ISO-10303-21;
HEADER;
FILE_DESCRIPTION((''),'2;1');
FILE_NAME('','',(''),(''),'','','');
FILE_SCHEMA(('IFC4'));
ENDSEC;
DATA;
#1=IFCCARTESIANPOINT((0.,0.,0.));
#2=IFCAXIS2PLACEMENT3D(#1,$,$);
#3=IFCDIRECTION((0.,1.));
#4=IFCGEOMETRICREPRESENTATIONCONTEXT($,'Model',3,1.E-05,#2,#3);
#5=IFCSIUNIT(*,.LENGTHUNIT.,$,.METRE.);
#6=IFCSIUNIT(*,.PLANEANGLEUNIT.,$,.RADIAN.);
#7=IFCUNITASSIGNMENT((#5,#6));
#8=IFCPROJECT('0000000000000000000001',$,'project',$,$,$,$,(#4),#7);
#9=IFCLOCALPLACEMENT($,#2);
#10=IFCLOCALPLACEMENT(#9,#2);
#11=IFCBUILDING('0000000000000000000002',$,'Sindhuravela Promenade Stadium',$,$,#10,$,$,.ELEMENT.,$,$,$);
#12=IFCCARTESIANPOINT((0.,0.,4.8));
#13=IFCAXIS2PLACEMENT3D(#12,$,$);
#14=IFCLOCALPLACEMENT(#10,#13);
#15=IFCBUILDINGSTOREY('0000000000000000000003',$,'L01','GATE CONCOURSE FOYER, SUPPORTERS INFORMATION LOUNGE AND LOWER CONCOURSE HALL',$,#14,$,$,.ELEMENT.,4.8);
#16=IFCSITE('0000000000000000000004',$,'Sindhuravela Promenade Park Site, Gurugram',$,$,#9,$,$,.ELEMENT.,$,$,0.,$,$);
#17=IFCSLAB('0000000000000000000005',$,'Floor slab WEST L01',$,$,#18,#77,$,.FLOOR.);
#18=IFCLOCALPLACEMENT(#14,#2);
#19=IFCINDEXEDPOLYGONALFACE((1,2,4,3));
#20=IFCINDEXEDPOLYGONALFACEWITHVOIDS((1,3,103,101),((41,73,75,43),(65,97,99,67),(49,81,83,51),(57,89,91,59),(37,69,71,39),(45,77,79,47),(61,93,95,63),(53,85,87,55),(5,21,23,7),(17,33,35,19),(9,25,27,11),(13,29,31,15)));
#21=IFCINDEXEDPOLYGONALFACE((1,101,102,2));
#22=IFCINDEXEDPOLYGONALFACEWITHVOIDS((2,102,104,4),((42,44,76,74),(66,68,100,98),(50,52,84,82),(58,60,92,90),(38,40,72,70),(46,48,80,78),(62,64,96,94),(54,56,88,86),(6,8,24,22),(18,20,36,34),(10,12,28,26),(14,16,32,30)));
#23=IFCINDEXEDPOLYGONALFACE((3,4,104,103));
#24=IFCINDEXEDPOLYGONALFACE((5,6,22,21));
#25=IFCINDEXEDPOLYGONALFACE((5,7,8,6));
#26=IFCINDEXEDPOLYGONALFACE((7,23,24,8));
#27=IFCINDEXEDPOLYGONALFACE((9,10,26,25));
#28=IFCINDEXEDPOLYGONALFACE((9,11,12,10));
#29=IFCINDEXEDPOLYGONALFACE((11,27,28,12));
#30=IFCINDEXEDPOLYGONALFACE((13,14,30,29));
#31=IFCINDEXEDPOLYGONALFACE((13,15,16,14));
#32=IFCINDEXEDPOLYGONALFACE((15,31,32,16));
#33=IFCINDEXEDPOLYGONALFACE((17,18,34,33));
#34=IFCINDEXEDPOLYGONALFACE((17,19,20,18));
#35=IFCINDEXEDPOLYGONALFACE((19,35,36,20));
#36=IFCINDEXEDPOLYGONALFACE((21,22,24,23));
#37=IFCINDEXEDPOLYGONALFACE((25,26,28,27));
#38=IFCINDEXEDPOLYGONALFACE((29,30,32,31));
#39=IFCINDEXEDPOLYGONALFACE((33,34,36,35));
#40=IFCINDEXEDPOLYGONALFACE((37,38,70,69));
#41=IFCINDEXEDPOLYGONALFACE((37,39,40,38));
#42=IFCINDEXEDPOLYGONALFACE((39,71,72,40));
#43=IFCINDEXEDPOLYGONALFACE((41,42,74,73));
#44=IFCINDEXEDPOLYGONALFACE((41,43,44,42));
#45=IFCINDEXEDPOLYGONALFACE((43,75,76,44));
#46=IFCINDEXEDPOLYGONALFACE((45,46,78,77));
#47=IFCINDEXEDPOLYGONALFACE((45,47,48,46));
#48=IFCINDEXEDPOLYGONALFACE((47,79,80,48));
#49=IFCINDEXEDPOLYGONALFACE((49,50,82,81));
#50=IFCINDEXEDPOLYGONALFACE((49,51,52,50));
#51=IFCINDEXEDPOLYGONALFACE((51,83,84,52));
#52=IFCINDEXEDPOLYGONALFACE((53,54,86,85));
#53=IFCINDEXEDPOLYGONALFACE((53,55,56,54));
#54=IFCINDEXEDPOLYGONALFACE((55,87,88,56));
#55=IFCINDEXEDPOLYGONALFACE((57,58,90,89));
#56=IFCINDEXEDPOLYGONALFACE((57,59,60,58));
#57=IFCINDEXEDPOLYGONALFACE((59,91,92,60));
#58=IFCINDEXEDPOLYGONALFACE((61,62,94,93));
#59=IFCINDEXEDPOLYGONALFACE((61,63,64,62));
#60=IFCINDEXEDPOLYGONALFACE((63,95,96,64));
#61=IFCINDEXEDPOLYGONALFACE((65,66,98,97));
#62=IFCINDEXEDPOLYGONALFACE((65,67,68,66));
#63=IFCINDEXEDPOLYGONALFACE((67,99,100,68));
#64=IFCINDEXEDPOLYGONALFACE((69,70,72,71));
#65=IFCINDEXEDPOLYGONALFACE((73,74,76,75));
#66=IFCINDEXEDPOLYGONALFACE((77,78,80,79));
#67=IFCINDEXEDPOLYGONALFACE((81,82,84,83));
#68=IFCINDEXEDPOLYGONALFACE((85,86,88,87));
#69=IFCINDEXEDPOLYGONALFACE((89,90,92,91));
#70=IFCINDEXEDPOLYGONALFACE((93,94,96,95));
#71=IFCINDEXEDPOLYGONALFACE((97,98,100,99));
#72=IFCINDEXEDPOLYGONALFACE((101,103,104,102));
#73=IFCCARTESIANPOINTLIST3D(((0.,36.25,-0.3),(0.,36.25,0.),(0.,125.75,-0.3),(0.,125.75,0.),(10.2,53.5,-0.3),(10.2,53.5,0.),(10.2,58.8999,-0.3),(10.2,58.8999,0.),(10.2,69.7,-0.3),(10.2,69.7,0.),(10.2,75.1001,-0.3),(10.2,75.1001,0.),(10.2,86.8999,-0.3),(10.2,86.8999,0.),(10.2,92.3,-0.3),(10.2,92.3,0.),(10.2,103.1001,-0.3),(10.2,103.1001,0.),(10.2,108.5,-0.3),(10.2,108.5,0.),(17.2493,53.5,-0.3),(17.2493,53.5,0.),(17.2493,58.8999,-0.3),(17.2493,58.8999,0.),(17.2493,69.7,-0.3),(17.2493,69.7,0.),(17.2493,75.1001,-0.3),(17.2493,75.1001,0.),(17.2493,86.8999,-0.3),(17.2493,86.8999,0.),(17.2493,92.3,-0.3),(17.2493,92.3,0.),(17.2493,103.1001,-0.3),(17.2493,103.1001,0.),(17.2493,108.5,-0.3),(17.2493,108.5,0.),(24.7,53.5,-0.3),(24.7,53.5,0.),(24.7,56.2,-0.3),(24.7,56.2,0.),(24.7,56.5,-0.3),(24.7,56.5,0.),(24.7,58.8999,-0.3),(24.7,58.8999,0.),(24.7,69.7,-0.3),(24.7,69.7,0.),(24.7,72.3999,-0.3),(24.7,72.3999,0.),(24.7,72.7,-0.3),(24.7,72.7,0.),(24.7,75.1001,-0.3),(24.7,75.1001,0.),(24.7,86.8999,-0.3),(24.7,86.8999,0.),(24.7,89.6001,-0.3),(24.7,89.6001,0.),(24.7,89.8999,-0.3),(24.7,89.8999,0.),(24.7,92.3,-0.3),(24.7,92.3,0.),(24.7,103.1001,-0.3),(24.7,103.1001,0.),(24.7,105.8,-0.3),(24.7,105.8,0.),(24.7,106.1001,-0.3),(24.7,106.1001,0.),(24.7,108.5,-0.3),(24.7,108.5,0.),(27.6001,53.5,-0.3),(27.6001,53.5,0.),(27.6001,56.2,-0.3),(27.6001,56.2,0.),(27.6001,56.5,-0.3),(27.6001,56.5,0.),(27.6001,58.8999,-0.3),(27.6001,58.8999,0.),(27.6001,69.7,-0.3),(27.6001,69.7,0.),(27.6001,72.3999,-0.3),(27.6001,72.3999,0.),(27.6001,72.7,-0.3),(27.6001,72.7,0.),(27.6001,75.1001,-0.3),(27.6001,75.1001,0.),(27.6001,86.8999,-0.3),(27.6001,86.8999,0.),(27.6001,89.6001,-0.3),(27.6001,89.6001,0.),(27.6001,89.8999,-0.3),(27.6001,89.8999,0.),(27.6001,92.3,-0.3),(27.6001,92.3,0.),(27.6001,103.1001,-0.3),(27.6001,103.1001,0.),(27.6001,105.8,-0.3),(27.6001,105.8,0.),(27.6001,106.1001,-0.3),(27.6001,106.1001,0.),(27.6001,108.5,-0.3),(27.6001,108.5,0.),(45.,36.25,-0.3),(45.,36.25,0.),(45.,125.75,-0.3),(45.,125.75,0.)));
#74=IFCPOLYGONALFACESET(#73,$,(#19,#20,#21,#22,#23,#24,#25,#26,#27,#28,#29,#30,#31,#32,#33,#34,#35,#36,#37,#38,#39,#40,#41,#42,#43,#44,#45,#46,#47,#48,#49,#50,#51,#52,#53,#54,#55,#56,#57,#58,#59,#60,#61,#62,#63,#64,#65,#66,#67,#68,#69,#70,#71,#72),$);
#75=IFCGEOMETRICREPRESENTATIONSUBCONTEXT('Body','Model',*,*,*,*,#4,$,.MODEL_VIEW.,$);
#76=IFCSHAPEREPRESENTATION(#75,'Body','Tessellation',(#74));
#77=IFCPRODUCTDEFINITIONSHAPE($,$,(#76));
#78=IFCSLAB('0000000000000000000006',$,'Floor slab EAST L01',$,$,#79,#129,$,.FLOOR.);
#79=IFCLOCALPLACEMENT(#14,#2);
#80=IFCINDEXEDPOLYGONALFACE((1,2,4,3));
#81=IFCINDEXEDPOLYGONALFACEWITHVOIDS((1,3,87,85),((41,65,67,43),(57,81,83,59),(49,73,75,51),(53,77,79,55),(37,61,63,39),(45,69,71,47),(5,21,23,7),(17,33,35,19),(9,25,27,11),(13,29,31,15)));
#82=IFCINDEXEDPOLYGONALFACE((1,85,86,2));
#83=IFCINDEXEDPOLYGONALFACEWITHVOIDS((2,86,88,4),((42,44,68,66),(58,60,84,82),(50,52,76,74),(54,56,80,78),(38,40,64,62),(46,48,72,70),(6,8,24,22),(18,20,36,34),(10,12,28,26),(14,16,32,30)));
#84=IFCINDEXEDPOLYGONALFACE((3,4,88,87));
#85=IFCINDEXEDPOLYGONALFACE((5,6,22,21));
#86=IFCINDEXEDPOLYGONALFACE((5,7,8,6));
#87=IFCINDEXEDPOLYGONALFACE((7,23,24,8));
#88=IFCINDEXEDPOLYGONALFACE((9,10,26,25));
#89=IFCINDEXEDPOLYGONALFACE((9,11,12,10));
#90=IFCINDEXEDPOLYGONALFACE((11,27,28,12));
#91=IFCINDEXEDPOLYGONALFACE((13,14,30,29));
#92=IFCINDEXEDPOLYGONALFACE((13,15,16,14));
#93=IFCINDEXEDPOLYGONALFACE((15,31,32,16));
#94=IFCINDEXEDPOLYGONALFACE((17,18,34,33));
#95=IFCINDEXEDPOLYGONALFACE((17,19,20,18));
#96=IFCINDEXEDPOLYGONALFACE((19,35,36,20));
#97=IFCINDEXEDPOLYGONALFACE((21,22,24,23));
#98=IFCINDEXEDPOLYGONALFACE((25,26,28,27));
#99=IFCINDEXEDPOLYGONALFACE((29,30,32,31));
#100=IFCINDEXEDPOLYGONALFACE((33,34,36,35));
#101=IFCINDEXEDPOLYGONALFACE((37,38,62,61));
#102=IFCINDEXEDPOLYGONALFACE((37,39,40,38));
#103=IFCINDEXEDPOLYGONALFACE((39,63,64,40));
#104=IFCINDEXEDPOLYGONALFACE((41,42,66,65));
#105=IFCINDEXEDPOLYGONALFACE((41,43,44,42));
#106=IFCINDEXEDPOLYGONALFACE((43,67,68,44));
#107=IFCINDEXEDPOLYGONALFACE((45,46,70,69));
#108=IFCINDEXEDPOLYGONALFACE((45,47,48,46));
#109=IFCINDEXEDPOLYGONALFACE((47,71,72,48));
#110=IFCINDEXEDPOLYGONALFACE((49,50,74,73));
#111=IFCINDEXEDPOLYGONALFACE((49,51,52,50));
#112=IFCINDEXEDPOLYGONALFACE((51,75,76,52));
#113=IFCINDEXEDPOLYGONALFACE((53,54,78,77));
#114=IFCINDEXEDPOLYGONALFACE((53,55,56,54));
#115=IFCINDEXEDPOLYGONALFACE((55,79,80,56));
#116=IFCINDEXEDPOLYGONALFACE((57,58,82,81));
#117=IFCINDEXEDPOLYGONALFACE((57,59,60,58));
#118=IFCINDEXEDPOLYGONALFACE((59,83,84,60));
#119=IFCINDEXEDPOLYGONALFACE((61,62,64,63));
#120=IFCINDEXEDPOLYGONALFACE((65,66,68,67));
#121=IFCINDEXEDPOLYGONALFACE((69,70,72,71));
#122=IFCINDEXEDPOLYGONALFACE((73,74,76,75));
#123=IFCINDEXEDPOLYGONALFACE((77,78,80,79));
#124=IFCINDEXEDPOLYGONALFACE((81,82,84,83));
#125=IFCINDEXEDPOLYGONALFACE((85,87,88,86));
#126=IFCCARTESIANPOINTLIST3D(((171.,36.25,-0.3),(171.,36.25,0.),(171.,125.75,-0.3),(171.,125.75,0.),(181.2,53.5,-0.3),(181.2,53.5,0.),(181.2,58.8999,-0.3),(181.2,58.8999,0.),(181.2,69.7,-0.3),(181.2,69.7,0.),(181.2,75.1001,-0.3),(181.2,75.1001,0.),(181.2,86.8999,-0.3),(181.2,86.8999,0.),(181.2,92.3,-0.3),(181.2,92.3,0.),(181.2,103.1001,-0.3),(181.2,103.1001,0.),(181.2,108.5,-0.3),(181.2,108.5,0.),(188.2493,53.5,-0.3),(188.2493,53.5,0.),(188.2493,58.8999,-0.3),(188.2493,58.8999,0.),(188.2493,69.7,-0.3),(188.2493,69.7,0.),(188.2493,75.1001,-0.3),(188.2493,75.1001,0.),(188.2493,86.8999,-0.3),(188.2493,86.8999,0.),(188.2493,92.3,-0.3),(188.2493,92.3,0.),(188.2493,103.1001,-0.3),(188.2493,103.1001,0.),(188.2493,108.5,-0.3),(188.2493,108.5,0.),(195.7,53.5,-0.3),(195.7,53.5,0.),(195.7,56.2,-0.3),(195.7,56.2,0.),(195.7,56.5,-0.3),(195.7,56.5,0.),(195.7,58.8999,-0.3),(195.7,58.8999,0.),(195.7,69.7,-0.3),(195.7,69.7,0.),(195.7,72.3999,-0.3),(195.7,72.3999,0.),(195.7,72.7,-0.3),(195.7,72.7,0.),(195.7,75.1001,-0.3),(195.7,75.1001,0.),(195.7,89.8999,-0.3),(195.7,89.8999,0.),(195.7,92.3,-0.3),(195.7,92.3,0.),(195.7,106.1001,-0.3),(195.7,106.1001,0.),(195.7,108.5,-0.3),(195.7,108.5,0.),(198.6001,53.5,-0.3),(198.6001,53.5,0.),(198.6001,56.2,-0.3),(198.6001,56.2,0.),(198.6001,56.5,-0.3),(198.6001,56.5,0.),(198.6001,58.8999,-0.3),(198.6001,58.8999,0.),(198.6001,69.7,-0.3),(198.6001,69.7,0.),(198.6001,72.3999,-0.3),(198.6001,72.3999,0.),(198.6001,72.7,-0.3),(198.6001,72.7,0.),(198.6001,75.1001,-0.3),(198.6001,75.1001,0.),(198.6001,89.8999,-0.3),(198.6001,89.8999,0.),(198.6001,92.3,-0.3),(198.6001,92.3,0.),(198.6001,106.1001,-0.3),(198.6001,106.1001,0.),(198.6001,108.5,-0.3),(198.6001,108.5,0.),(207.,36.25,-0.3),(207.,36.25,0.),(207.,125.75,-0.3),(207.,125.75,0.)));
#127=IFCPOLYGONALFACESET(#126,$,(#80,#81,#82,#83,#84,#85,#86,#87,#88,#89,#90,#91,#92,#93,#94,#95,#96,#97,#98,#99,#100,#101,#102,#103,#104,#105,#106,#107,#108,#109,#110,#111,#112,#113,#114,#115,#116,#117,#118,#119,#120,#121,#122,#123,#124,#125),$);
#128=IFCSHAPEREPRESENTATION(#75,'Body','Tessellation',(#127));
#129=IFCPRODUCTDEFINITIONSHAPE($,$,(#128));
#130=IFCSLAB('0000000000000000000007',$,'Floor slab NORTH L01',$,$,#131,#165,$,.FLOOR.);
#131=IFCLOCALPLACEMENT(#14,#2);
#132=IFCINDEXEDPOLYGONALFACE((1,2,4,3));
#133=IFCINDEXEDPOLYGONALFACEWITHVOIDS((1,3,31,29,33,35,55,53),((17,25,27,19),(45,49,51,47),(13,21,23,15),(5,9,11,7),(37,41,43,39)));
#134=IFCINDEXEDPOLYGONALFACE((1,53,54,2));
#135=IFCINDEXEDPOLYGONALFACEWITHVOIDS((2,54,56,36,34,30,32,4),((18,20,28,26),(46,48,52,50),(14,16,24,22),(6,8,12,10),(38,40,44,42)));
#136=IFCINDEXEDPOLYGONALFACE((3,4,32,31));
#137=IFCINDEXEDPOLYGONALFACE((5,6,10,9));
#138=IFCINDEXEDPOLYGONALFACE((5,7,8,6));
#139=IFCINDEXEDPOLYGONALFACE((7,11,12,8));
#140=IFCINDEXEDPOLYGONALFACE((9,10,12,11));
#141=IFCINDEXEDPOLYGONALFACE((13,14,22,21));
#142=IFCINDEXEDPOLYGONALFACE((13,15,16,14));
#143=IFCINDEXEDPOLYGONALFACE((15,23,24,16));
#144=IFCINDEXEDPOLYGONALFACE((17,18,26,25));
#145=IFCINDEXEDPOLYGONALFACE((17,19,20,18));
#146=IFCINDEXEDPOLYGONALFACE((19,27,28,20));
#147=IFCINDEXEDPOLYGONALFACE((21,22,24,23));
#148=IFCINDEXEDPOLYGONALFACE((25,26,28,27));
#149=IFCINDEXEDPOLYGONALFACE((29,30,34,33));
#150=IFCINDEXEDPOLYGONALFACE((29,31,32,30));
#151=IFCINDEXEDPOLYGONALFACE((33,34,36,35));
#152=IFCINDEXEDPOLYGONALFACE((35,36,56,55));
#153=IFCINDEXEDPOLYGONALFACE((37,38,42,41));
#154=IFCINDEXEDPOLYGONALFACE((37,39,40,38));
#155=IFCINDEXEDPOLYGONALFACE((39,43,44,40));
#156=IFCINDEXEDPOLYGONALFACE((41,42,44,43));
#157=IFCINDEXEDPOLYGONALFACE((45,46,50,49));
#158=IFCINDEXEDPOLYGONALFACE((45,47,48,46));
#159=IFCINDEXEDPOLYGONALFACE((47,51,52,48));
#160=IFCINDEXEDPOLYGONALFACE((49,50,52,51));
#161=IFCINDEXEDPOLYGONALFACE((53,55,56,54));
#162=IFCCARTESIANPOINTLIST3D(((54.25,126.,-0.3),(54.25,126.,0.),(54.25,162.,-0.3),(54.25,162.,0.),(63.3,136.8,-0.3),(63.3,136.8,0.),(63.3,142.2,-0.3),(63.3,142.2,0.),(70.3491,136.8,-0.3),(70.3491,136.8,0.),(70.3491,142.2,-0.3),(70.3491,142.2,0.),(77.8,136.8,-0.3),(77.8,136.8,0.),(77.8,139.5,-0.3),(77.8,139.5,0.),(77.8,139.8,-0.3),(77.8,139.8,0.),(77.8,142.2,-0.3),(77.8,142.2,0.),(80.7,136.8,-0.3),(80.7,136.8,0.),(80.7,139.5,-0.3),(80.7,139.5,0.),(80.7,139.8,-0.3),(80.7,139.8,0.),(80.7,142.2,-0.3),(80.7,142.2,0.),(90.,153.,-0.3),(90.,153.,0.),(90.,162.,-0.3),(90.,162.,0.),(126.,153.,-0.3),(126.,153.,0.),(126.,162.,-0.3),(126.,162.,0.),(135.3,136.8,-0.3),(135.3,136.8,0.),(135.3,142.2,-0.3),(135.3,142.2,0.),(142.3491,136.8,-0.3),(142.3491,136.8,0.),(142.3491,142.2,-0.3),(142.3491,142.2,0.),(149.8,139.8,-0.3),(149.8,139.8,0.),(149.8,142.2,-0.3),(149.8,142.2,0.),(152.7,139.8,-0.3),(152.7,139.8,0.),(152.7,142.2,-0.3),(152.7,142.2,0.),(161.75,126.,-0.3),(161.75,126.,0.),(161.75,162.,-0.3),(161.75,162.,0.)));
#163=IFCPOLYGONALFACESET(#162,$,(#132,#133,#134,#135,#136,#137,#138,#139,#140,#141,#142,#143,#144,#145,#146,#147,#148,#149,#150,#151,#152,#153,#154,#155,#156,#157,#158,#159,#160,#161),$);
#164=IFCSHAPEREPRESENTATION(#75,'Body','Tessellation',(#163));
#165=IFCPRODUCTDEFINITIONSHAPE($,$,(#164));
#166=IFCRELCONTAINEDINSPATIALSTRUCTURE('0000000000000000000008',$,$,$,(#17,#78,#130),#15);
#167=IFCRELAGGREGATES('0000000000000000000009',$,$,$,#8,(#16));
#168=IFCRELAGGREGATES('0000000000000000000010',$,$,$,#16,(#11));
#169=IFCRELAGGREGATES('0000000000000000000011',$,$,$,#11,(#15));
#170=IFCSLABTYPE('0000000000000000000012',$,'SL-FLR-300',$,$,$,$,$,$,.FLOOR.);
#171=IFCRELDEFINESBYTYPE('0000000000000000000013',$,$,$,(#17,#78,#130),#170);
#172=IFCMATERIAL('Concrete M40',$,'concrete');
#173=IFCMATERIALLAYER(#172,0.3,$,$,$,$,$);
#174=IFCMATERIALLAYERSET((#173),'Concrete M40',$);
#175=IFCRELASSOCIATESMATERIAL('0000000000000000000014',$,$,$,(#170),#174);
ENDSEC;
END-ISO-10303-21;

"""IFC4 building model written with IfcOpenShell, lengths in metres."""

from ifc_helpers import new_model, si_unit, direction, frame, origin, place, context, subcontext, project, spatial, polyline, outline, extrude, material, layer, layer_set, type_object, element, save


model = new_model("IFC4")

# Units and contexts
model_context = context("Model", 3, precision=1e-05, world=origin(), true_north=direction((0.0, 1.0)))
body_context = subcontext(model_context, "Body", "Model", "MODEL_VIEW")
ifc_project = project(units=[si_unit("LENGTHUNIT", "METRE"), si_unit("PLANEANGLEUNIT", "RADIAN")], contexts=[model_context])

# Site, building, storey
site_placement = place(None, origin())
site = spatial("IfcSite", under=ifc_project, at=site_placement, Name="Sindhuravela Promenade Park Site, Gurugram", CompositionType="ELEMENT", RefElevation=0.0)
building_placement = place(site_placement, origin())
building = spatial("IfcBuilding", under=site, at=building_placement, Name="Sindhuravela Promenade Stadium", CompositionType="ELEMENT")
storey_placement = place(building_placement, frame((0.0, 0.0, 4.8)))
storey = spatial("IfcBuildingStorey", under=building, at=storey_placement, Name="L01", Description="GATE CONCOURSE FOYER, SUPPORTERS INFORMATION LOUNGE AND LOWER CONCOURSE HALL", CompositionType="ELEMENT", Elevation=4.8)

# Slabs
ifc_material_1 = material(Name="Concrete M40", Category="concrete")
ifc_layer_1 = layer(ifc_material_1, 0.3)
ifc_layer_set_1 = layer_set([ifc_layer_1], Name="Concrete M40")
slab_type_1 = type_object("IfcSlabType", Name="SL-FLR-300", PredefinedType="FLOOR", material=ifc_layer_set_1)
slab_1_placement = place(storey_placement, frame((0.0, 0.0, -0.3)))
element("IfcSlab", 1, at=slab_1_placement, inside=storey, type_object=slab_type_1, Name="Floor slab WEST L01", PredefinedType="FLOOR", context=body_context, shape_type="SweptSolid", body=[
    extrude(outline(polyline([(0.0, 36.25), (45.0, 36.25), (45.0, 125.75), (0.0, 125.75), (0.0, 36.25)]), holes=[polyline([(10.2, 53.5), (17.2493, 53.5), (17.2493, 58.8999), (10.2, 58.8999), (10.2, 53.5)]), polyline([(24.7, 56.5), (27.6001, 56.5), (27.6001, 58.8999), (24.7, 58.8999), (24.7, 56.5)]), polyline([(24.7, 53.5), (27.6001, 53.5), (27.6001, 56.2), (24.7, 56.2), (24.7, 53.5)]), polyline([(10.2, 69.7), (17.2493, 69.7), (17.2493, 75.1001), (10.2, 75.1001), (10.2, 69.7)]), polyline([(24.7, 72.7), (27.6001, 72.7), (27.6001, 75.1001), (24.7, 75.1001), (24.7, 72.7)]), polyline([(24.7, 69.7), (27.6001, 69.7), (27.6001, 72.3999), (24.7, 72.3999), (24.7, 69.7)]), polyline([(10.2, 86.8999), (17.2493, 86.8999), (17.2493, 92.3), (10.2, 92.3), (10.2, 86.8999)]), polyline([(24.7, 89.8999), (27.6001, 89.8999), (27.6001, 92.3), (24.7, 92.3), (24.7, 89.8999)]), polyline([(24.7, 86.8999), (27.6001, 86.8999), (27.6001, 89.6001), (24.7, 89.6001), (24.7, 86.8999)]), polyline([(10.2, 103.1001), (17.2493, 103.1001), (17.2493, 108.5), (10.2, 108.5), (10.2, 103.1001)]), polyline([(24.7, 106.1001), (27.6001, 106.1001), (27.6001, 108.5), (24.7, 108.5), (24.7, 106.1001)]), polyline([(24.7, 103.1001), (27.6001, 103.1001), (27.6001, 105.8), (24.7, 105.8), (24.7, 103.1001)])]), origin(), (0.0, 0.0, 1.0), 0.3),
])
slab_2_placement = place(storey_placement, frame((0.0, 0.0, -0.3)))
element("IfcSlab", 2, at=slab_2_placement, inside=storey, type_object=slab_type_1, Name="Floor slab EAST L01", PredefinedType="FLOOR", context=body_context, shape_type="SweptSolid", body=[
    extrude(outline(polyline([(171.0, 36.25), (207.0, 36.25), (207.0, 125.75), (171.0, 125.75), (171.0, 36.25)]), holes=[polyline([(181.2, 53.5), (188.2493, 53.5), (188.2493, 58.8999), (181.2, 58.8999), (181.2, 53.5)]), polyline([(195.7, 56.5), (198.6001, 56.5), (198.6001, 58.8999), (195.7, 58.8999), (195.7, 56.5)]), polyline([(195.7, 53.5), (198.6001, 53.5), (198.6001, 56.2), (195.7, 56.2), (195.7, 53.5)]), polyline([(181.2, 69.7), (188.2493, 69.7), (188.2493, 75.1001), (181.2, 75.1001), (181.2, 69.7)]), polyline([(195.7, 72.7), (198.6001, 72.7), (198.6001, 75.1001), (195.7, 75.1001), (195.7, 72.7)]), polyline([(195.7, 69.7), (198.6001, 69.7), (198.6001, 72.3999), (195.7, 72.3999), (195.7, 69.7)]), polyline([(181.2, 86.8999), (188.2493, 86.8999), (188.2493, 92.3), (181.2, 92.3), (181.2, 86.8999)]), polyline([(195.7, 89.8999), (198.6001, 89.8999), (198.6001, 92.3), (195.7, 92.3), (195.7, 89.8999)]), polyline([(181.2, 103.1001), (188.2493, 103.1001), (188.2493, 108.5), (181.2, 108.5), (181.2, 103.1001)]), polyline([(195.7, 106.1001), (198.6001, 106.1001), (198.6001, 108.5), (195.7, 108.5), (195.7, 106.1001)])]), origin(), (0.0, 0.0, 1.0), 0.3),
])
slab_3_placement = place(storey_placement, frame((0.0, 0.0, -0.3)))
element("IfcSlab", 3, at=slab_3_placement, inside=storey, type_object=slab_type_1, Name="Floor slab NORTH L01", PredefinedType="FLOOR", context=body_context, shape_type="SweptSolid", body=[
    extrude(outline(polyline([(54.25, 126.0), (161.75, 126.0), (161.75, 162.0), (126.0, 162.0), (126.0, 153.0), (90.0, 153.0), (90.0, 162.0), (54.25, 162.0), (54.25, 126.0)]), holes=[polyline([(63.3, 136.8), (70.3491, 136.8), (70.3491, 142.2), (63.3, 142.2), (63.3, 136.8)]), polyline([(77.8, 139.8), (80.7, 139.8), (80.7, 142.2), (77.8, 142.2), (77.8, 139.8)]), polyline([(77.8, 136.8), (80.7, 136.8), (80.7, 139.5), (77.8, 139.5), (77.8, 136.8)]), polyline([(135.3, 136.8), (142.3491, 136.8), (142.3491, 142.2), (135.3, 142.2), (135.3, 136.8)]), polyline([(149.8, 139.8), (152.7, 139.8), (152.7, 142.2), (149.8, 142.2), (149.8, 139.8)])]), origin(), (0.0, 0.0, 1.0), 0.3),
])

save(model, "model.ifc")
